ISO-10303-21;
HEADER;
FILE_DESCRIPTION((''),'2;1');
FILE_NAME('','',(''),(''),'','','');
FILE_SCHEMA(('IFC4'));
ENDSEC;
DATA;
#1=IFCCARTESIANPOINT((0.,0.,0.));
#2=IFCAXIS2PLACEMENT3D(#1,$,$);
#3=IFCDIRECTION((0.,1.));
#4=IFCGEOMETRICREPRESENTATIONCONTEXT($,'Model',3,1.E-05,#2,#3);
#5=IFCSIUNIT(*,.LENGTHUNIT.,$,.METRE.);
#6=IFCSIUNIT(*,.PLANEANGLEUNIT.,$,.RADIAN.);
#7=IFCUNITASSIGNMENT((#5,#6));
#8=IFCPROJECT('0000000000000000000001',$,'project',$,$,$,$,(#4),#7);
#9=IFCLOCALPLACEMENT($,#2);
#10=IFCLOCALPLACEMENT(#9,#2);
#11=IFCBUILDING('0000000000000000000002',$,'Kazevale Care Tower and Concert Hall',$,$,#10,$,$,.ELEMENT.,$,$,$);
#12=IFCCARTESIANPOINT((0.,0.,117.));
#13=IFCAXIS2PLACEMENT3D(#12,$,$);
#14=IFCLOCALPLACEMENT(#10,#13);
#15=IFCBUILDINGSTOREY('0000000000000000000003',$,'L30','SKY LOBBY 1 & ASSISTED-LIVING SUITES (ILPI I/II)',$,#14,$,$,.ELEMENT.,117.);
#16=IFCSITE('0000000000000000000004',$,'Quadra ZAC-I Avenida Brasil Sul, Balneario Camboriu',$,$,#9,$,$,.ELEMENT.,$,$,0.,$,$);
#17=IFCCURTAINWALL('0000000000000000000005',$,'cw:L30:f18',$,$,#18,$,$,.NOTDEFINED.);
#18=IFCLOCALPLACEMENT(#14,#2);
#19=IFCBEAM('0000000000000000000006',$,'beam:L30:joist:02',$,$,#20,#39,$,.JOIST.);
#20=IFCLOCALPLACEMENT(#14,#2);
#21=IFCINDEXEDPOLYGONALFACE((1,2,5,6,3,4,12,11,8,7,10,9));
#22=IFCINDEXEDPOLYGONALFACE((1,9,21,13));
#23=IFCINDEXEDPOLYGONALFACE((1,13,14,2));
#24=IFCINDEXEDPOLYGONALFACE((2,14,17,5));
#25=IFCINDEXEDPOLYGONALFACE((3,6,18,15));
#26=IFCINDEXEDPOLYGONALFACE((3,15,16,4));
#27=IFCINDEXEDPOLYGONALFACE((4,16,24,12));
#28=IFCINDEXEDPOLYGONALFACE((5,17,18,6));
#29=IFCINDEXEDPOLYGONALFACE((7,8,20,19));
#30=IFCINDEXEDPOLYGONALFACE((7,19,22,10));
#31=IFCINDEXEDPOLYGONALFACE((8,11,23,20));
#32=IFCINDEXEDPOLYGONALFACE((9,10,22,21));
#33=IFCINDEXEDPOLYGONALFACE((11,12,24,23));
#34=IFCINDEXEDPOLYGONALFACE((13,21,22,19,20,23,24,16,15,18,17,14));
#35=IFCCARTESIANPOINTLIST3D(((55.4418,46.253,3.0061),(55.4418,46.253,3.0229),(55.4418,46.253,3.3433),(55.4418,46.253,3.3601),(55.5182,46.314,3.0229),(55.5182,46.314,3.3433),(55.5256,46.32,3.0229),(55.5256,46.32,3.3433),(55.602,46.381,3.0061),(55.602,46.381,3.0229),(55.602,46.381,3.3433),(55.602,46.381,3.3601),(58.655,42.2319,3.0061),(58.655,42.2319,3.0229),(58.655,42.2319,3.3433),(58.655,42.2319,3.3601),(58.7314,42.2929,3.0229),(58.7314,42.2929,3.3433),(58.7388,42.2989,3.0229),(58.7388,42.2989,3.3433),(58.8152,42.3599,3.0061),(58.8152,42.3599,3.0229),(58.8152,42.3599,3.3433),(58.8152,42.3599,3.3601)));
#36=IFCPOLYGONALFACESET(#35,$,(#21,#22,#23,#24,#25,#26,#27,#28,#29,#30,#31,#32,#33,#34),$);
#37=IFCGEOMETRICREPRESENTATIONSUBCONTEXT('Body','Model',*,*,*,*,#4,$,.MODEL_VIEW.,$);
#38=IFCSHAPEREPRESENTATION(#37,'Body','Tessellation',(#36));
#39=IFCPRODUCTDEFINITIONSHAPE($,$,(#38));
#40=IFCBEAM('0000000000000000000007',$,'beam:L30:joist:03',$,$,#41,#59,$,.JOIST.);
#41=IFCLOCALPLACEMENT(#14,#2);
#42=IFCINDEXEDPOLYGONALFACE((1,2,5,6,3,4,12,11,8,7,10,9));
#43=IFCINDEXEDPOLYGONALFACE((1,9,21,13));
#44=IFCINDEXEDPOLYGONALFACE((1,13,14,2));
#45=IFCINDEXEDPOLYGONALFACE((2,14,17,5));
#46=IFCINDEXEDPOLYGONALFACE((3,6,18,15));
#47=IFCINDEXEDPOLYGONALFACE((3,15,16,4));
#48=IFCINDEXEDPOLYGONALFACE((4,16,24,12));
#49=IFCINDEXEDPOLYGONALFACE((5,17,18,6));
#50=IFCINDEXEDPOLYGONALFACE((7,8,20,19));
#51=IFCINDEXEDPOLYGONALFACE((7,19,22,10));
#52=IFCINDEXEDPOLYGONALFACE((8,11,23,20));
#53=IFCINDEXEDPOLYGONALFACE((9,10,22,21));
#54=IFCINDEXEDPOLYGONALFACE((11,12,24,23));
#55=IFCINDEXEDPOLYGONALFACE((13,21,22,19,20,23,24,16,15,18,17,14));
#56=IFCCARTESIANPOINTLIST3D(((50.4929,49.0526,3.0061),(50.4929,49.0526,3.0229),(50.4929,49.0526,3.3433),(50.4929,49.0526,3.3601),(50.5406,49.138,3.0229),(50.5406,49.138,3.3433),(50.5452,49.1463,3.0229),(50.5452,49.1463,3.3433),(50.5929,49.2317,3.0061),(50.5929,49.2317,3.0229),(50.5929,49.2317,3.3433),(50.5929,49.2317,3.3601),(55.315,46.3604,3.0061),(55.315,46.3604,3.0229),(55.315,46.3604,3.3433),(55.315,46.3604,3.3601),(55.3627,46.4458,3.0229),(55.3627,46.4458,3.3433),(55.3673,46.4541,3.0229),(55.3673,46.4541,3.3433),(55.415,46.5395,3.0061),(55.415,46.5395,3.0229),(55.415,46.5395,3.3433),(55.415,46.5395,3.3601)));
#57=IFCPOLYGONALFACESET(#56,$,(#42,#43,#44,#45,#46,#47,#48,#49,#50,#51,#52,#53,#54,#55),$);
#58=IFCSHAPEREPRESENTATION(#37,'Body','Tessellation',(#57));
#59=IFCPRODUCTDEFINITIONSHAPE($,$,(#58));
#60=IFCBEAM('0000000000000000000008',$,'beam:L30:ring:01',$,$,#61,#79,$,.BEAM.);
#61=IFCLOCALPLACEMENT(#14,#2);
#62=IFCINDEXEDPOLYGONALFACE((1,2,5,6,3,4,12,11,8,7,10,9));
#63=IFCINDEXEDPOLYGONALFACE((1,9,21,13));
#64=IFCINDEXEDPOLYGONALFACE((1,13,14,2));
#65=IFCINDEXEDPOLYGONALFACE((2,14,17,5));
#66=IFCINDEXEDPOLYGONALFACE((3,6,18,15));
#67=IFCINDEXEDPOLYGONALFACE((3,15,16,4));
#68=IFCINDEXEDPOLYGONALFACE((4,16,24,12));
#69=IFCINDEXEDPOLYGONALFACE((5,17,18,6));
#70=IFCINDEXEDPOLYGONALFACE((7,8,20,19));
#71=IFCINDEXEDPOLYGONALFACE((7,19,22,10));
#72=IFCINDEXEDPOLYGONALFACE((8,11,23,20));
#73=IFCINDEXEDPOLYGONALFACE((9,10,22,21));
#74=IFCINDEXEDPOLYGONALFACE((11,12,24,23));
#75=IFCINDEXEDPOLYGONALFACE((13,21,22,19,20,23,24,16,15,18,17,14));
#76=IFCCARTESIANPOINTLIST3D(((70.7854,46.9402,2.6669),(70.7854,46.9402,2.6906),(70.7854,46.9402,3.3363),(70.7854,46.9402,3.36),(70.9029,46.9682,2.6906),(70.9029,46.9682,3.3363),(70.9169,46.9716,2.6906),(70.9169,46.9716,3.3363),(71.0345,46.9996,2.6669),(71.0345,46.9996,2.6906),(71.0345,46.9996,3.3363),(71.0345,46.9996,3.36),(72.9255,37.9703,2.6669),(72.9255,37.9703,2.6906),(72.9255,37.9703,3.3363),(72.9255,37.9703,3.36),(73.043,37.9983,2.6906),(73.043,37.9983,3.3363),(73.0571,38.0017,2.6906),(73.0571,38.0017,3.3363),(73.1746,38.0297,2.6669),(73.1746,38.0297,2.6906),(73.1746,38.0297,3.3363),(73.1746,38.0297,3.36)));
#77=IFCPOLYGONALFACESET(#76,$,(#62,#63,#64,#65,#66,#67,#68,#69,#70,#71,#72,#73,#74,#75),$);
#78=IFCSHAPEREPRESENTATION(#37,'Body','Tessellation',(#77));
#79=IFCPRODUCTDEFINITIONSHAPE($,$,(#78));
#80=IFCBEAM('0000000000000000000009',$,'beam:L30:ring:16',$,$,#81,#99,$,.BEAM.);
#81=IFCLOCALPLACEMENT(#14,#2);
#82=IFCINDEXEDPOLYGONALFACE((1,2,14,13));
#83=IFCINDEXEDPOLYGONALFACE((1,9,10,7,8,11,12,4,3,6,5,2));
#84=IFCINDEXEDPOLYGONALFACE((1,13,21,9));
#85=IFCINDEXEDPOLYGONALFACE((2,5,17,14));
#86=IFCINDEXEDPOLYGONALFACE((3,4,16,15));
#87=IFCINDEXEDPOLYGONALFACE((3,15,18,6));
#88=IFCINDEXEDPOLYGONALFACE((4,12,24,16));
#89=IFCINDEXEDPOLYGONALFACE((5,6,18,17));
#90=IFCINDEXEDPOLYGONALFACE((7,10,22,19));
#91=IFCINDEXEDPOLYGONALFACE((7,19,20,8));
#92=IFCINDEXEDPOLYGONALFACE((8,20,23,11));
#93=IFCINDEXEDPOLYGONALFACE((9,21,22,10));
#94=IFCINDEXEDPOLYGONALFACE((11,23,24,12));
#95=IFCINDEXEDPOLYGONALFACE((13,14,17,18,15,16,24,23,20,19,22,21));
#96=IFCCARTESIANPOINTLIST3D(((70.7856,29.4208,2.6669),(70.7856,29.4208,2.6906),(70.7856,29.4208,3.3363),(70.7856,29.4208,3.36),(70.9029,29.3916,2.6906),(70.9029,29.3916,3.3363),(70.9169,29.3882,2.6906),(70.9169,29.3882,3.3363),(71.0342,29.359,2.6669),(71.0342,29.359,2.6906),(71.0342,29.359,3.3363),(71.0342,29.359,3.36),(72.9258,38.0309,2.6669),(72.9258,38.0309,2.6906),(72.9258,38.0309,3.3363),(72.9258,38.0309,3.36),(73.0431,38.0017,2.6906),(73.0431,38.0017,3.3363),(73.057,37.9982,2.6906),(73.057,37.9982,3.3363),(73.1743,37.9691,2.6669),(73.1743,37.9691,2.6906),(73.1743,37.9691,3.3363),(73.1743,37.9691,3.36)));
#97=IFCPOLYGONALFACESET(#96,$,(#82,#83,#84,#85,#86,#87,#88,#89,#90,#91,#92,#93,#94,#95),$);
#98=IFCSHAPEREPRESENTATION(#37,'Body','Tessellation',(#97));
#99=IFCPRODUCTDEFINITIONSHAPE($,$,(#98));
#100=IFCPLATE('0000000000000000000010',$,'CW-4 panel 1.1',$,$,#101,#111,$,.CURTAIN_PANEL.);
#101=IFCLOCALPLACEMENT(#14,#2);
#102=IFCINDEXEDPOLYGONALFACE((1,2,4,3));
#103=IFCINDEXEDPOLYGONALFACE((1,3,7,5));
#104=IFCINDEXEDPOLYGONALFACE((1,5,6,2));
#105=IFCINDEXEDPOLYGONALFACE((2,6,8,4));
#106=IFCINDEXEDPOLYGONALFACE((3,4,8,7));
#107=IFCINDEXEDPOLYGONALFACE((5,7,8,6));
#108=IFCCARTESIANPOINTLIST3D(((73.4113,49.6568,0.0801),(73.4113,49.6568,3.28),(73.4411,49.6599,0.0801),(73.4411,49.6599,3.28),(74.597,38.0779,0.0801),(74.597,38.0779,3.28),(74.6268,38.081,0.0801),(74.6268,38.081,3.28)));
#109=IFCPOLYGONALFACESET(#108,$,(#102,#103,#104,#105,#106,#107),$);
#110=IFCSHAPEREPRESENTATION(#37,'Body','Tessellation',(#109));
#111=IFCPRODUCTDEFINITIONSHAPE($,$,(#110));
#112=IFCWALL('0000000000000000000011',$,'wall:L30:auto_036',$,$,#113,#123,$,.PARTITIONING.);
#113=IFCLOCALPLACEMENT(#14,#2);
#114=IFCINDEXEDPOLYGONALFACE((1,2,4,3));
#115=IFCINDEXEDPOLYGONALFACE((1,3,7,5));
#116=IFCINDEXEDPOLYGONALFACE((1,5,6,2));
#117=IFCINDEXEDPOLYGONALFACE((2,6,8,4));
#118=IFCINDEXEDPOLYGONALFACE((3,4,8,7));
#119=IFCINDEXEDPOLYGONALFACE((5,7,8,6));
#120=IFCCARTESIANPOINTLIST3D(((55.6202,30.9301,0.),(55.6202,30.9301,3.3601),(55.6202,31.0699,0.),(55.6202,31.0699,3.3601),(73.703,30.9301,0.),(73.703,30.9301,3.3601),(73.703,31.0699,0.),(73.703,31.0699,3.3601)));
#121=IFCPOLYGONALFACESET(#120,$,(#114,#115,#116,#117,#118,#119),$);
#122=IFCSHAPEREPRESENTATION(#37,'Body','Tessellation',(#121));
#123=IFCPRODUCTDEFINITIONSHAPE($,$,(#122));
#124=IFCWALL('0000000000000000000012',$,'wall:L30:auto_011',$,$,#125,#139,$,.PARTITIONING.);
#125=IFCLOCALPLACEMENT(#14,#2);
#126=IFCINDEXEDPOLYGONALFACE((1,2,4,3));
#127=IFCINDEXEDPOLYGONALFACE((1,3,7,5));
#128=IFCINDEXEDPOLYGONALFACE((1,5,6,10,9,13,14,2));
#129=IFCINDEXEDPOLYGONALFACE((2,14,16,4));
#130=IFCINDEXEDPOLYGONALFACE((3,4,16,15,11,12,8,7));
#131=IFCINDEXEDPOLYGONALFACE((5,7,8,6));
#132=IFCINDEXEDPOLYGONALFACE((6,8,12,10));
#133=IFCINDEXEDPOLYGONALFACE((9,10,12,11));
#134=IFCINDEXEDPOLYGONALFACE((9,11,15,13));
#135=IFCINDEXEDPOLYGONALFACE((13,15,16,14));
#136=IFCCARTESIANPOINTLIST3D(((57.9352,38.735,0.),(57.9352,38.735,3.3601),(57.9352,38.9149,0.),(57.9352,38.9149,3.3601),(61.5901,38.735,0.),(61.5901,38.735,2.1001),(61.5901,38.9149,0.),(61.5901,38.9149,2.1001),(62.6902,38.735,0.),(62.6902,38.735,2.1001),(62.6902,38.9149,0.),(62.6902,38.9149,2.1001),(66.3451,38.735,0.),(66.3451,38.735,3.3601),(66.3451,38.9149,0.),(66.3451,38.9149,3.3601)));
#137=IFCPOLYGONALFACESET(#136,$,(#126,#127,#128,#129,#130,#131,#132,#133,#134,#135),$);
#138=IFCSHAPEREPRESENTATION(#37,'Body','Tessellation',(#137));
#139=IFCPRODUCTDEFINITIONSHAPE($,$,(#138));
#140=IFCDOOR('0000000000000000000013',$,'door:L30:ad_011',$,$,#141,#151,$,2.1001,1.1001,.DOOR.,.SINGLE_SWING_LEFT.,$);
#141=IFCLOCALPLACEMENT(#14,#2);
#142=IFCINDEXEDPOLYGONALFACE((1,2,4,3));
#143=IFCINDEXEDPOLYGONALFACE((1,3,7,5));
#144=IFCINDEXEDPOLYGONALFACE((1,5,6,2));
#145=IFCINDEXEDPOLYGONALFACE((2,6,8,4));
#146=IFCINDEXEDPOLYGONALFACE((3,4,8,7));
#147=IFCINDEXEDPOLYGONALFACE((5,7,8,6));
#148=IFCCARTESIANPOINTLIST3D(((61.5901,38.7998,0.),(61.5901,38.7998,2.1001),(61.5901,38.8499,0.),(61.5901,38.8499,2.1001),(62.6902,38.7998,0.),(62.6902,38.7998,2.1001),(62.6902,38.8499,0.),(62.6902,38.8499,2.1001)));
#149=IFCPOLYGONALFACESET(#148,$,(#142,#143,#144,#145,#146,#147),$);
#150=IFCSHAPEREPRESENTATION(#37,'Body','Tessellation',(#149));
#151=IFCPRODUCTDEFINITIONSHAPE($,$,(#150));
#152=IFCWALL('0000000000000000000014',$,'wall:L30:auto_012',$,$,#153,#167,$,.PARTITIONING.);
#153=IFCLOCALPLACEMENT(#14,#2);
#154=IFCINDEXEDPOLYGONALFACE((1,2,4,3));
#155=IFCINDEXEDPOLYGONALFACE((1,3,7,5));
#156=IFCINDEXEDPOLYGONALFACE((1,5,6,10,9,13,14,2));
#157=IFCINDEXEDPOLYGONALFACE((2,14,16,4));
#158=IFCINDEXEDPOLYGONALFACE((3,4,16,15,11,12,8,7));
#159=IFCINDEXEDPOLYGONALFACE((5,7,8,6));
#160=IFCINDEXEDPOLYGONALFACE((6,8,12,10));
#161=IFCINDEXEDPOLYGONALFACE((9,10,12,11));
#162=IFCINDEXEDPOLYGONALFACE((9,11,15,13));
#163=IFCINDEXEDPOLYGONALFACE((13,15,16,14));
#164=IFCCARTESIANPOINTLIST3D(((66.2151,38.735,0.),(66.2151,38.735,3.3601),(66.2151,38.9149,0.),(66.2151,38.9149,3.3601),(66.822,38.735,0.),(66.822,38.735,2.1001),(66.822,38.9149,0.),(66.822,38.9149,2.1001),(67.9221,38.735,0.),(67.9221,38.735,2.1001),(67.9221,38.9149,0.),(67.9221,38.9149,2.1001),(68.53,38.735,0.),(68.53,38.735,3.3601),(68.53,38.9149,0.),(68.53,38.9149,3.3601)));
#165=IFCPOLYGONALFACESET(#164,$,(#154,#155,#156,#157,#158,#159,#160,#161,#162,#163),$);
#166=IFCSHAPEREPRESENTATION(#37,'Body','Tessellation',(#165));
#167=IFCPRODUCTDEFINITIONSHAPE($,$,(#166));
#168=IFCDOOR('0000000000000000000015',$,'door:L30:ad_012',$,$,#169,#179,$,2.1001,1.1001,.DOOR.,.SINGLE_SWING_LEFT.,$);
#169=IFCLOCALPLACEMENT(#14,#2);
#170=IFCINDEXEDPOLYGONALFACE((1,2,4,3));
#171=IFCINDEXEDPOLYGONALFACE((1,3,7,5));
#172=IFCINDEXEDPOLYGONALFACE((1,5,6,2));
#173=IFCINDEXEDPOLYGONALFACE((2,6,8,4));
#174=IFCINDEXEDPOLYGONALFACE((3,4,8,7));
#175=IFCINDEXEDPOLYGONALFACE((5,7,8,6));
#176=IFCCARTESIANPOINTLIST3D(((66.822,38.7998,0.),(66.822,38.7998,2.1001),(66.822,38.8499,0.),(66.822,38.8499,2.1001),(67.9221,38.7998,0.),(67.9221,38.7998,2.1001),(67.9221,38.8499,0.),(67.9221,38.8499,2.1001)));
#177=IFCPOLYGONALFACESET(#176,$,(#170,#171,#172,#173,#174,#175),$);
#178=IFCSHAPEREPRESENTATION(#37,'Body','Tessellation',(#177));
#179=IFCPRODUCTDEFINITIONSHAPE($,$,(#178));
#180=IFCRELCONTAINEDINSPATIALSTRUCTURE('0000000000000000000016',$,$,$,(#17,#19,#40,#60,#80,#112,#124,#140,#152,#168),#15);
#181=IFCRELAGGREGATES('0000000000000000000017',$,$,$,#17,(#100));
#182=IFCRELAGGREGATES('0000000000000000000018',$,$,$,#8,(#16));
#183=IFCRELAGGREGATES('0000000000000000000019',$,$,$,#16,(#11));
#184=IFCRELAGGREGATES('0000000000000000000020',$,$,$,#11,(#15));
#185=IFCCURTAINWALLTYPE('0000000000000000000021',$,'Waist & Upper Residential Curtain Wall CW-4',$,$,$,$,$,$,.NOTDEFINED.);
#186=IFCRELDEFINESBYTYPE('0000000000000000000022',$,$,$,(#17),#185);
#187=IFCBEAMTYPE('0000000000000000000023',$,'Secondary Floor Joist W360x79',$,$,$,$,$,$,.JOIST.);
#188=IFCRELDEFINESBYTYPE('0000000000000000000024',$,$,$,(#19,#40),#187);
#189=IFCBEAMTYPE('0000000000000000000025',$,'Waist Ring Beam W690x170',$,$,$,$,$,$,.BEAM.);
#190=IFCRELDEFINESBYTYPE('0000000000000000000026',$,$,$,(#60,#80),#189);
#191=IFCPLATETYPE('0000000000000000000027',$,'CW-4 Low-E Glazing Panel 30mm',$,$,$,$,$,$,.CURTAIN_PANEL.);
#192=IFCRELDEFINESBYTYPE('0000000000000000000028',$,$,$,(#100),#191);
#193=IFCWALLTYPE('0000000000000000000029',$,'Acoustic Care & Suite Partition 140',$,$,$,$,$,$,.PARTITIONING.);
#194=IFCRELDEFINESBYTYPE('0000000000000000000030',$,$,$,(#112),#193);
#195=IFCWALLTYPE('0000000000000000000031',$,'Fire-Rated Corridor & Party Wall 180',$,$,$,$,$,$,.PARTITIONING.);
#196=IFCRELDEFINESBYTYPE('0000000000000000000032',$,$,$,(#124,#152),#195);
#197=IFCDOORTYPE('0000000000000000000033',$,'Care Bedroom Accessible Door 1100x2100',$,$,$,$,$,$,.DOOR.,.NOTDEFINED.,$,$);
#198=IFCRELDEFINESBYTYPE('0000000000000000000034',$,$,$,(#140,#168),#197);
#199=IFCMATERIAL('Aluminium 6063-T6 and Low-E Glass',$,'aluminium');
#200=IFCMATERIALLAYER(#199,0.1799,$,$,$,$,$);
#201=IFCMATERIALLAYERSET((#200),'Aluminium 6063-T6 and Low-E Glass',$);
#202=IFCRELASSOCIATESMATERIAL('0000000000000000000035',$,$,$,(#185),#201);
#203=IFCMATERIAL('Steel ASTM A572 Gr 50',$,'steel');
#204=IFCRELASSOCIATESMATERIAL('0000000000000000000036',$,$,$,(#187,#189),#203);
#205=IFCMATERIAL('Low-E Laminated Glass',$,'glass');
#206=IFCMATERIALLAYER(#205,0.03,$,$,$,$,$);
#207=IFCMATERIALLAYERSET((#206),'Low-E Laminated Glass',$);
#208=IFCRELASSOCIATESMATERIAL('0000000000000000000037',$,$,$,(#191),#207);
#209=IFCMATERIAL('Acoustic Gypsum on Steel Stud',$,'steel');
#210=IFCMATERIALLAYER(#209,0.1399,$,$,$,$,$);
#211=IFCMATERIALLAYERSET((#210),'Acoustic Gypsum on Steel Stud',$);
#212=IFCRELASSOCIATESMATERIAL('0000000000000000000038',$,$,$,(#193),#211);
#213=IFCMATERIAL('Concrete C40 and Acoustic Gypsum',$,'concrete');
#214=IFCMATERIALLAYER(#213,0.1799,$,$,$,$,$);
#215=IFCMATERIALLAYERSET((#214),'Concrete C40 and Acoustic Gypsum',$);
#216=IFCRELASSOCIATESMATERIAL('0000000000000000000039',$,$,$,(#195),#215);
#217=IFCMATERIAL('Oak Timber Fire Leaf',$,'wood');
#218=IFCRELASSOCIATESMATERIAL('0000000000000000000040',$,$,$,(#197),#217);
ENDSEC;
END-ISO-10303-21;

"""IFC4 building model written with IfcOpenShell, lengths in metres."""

from ifc_helpers import new_model, si_unit, direction, frame, frame_2d, origin, origin_2d, place, context, subcontext, project, spatial, rectangle, i_section, extrude, material, layer, layer_set, material_profile, profile_set, type_object, element, fill, aggregate, save


model = new_model("IFC4")

# Units and contexts
model_context = context("Model", 3, precision=1e-05, world=origin(), true_north=direction((0.0, 1.0)))
body_context = subcontext(model_context, "Body", "Model", "MODEL_VIEW")
ifc_project = project(units=[si_unit("LENGTHUNIT", "METRE"), si_unit("PLANEANGLEUNIT", "RADIAN")], contexts=[model_context])

# Site, building, storey
site_placement = place(None, origin())
site = spatial("IfcSite", under=ifc_project, at=site_placement, Name="Quadra ZAC-I Avenida Brasil Sul, Balneario Camboriu", CompositionType="ELEMENT", RefElevation=0.0)
building_placement = place(site_placement, origin())
building = spatial("IfcBuilding", under=site, at=building_placement, Name="Kazevale Care Tower and Concert Hall", CompositionType="ELEMENT")
storey_placement = place(building_placement, frame((0.0, 0.0, 117.0)))
storey = spatial("IfcBuildingStorey", under=building, at=storey_placement, Name="L30", Description="SKY LOBBY 1 & ASSISTED-LIVING SUITES (ILPI I/II)", CompositionType="ELEMENT", Elevation=117.0)

# Curtain wall
ifc_material_1 = material(Name="Aluminium 6063-T6 and Low-E Glass", Category="aluminium")
ifc_layer_1 = layer(ifc_material_1, 0.1799)
ifc_layer_set_1 = layer_set([ifc_layer_1], Name="Aluminium 6063-T6 and Low-E Glass")
curtain_wall_type = type_object("IfcCurtainWallType", Name="Waist & Upper Residential Curtain Wall CW-4", PredefinedType="NOTDEFINED", material=ifc_layer_set_1)
curtain_wall_placement = place(storey_placement, origin())
curtain_wall = element("IfcCurtainWall", 1, at=curtain_wall_placement, inside=storey, type_object=curtain_wall_type, Name="cw:L30:f18", PredefinedType="NOTDEFINED")

# Beams
ifc_material_2 = material(Name="Steel ASTM A572 Gr 50", Category="steel")
ifc_material_profile_1 = material_profile(ifc_material_2, i_section(OverallWidth=0.2051, OverallDepth=0.354, WebThickness=0.0095, FlangeThickness=0.0168, at=origin_2d()), Name="W360x79")
ifc_profile_set_1 = profile_set([ifc_material_profile_1], Name="Steel ASTM A572 Gr 50")
beam_type_1 = type_object("IfcBeamType", Name="Secondary Floor Joist W360x79", PredefinedType="JOIST", material=ifc_profile_set_1)
beam_1_placement = place(storey_placement, frame((58.7351, 42.2959, 3.1831), z_axis=(-0.624261, 0.781216, 0.0), x_axis=(-0.781216, -0.624261, 0.0)))
element("IfcBeam", 2, at=beam_1_placement, inside=storey, type_object=beam_type_1, Name="beam:L30:joist:02", PredefinedType="JOIST", context=body_context, shape_type="SweptSolid", body=[
    extrude(i_section(OverallWidth=0.2051, OverallDepth=0.354, WebThickness=0.0095, FlangeThickness=0.0168, at=origin_2d()), origin(), (0.0, 0.0, 1.0), 5.1472),
])
beam_2_placement = place(storey_placement, frame((55.365, 46.45, 3.1831), z_axis=(-0.873138, 0.487474, 0.0), x_axis=(-0.487474, -0.873138, 0.0)))
element("IfcBeam", 3, at=beam_2_placement, inside=storey, type_object=beam_type_1, Name="beam:L30:joist:03", PredefinedType="JOIST", context=body_context, shape_type="SweptSolid", body=[
    extrude(i_section(OverallWidth=0.2051, OverallDepth=0.354, WebThickness=0.0095, FlangeThickness=0.0168, at=origin_2d()), origin(), (0.0, 0.0, 1.0), 5.5227),
])
ifc_material_profile_2 = material_profile(ifc_material_2, i_section(OverallWidth=0.2561, OverallDepth=0.6931, WebThickness=0.0144, FlangeThickness=0.0237, at=origin_2d()), Name="W690x170")
ifc_profile_set_2 = profile_set([ifc_material_profile_2], Name="Steel ASTM A572 Gr 50")
beam_type_2 = type_object("IfcBeamType", Name="Waist Ring Beam W690x170", PredefinedType="BEAM", material=ifc_profile_set_2)
beam_3_placement = place(storey_placement, frame((73.05, 38.0, 3.0134), z_axis=(-0.232075, 0.972698, 0.0), x_axis=(-0.972698, -0.232075, 0.0)))
element("IfcBeam", 4, at=beam_3_placement, inside=storey, type_object=beam_type_2, Name="beam:L30:ring:01", PredefinedType="BEAM", context=body_context, shape_type="SweptSolid", body=[
    extrude(i_section(OverallWidth=0.2561, OverallDepth=0.6931, WebThickness=0.0144, FlangeThickness=0.0237, at=origin_2d()), origin(), (0.0, 0.0, 1.0), 9.2217),
])
beam_4_placement = place(storey_placement, frame((70.9099, 29.3899, 3.0134), z_axis=(0.241221, 0.97047, 0.0), x_axis=(-0.97047, 0.241221, 0.0)))
element("IfcBeam", 5, at=beam_4_placement, inside=storey, type_object=beam_type_2, Name="beam:L30:ring:16", PredefinedType="BEAM", context=body_context, shape_type="SweptSolid", body=[
    extrude(i_section(OverallWidth=0.2561, OverallDepth=0.6931, WebThickness=0.0144, FlangeThickness=0.0237, at=origin_2d()), origin(), (0.0, 0.0, 1.0), 8.8721),
])

# Plate
ifc_material_3 = material(Name="Low-E Laminated Glass", Category="glass")
ifc_layer_2 = layer(ifc_material_3, 0.03)
ifc_layer_set_2 = layer_set([ifc_layer_2], Name="Low-E Laminated Glass")
plate_type = type_object("IfcPlateType", Name="CW-4 Low-E Glazing Panel 30mm", PredefinedType="CURTAIN_PANEL", material=ifc_layer_set_2)
plate_placement = place(storey_placement, frame((74.019, 43.8689, 0.0801), z_axis=(0.0, 0.0, 1.0), x_axis=(0.10187, -0.994798, 0.0)))
plate = element("IfcPlate", 6, at=plate_placement, type_object=plate_type, Name="CW-4 panel 1.1", PredefinedType="CURTAIN_PANEL", context=body_context, shape_type="SweptSolid", body=[
    extrude(rectangle(XDim=11.6394, YDim=0.03, at=origin_2d()), origin(), (0.0, 0.0, 1.0), 3.2),
])
aggregate(curtain_wall, [plate])

# Wall
ifc_material_4 = material(Name="Acoustic Gypsum on Steel Stud", Category="steel")
ifc_layer_3 = layer(ifc_material_4, 0.1399)
ifc_layer_set_3 = layer_set([ifc_layer_3], Name="Acoustic Gypsum on Steel Stud")
wall_type_1 = type_object("IfcWallType", Name="Acoustic Care & Suite Partition 140", PredefinedType="PARTITIONING", material=ifc_layer_set_3)
wall_1_placement = place(storey_placement, frame((55.6201, 31.0, 0.0), z_axis=(0.0, 0.0, 1.0), x_axis=(1.0, 0.0, 0.0)))
element("IfcWall", 7, at=wall_1_placement, inside=storey, type_object=wall_type_1, Name="wall:L30:auto_036", PredefinedType="PARTITIONING", context=body_context, shape_type="SweptSolid", body=[
    extrude(rectangle(XDim=18.0828, YDim=0.1399, at=frame_2d((9.0415, 0.0))), origin(), (0.0, 0.0, 1.0), 3.3601),
])

# Walls, openings, doors
ifc_material_5 = material(Name="Concrete C40 and Acoustic Gypsum", Category="concrete")
ifc_layer_4 = layer(ifc_material_5, 0.1799)
ifc_layer_set_4 = layer_set([ifc_layer_4], Name="Concrete C40 and Acoustic Gypsum")
wall_type_2 = type_object("IfcWallType", Name="Fire-Rated Corridor & Party Wall 180", PredefinedType="PARTITIONING", material=ifc_layer_set_4)
wall_2_placement = place(storey_placement, frame((57.9351, 38.825, 0.0), z_axis=(0.0, 0.0, 1.0), x_axis=(1.0, 0.0, 0.0)))
wall_2 = element("IfcWall", 8, at=wall_2_placement, inside=storey, type_object=wall_type_2, Name="wall:L30:auto_011", PredefinedType="PARTITIONING", context=body_context, shape_type="SweptSolid", body=[
    extrude(rectangle(XDim=8.4099, YDim=0.1799, at=frame_2d((4.2051, 0.0))), origin(), (0.0, 0.0, 1.0), 3.3601),
])
opening_1_placement = place(wall_2_placement, frame((3.655, 0.0, 0.0)))
opening_1 = element("IfcOpeningElement", 9, at=opening_1_placement, cuts=wall_2, PredefinedType="OPENING", context=body_context, shape_type="SweptSolid", body=[
    extrude(rectangle(XDim=1.1001, YDim=2.1001, at=frame_2d((0.55, 1.05))), frame((0.0, 0.0999, 0.0), z_axis=(0.0, -1.0, 0.0), x_axis=(1.0, 0.0, 0.0)), (0.0, 0.0, 1.0), 0.2),
])
ifc_material_6 = material(Name="Oak Timber Fire Leaf", Category="wood")
door_type = type_object("IfcDoorType", Name="Care Bedroom Accessible Door 1100x2100", OperationType="NOTDEFINED", PredefinedType="DOOR", material=ifc_material_6)
door_1_placement = place(opening_1_placement, origin())
door_1 = element("IfcDoor", 10, at=door_1_placement, inside=storey, type_object=door_type, Name="door:L30:ad_011", OperationType="SINGLE_SWING_LEFT", OverallHeight=2.1001, OverallWidth=1.1001, PredefinedType="DOOR", context=body_context, shape_type="SweptSolid", body=[
    extrude(rectangle(XDim=1.1001, YDim=2.1001, at=frame_2d((0.55, 1.05))), frame((0.0, 0.0249, 0.0), z_axis=(0.0, -1.0, 0.0), x_axis=(1.0, 0.0, 0.0)), (0.0, 0.0, 1.0), 0.05),
])
fill(opening_1, door_1)
wall_3_placement = place(storey_placement, frame((66.2151, 38.825, 0.0), z_axis=(0.0, 0.0, 1.0), x_axis=(1.0, 0.0, 0.0)))
wall_3 = element("IfcWall", 11, at=wall_3_placement, inside=storey, type_object=wall_type_2, Name="wall:L30:auto_012", PredefinedType="PARTITIONING", context=body_context, shape_type="SweptSolid", body=[
    extrude(rectangle(XDim=2.3149, YDim=0.1799, at=frame_2d((1.1575, 0.0))), origin(), (0.0, 0.0, 1.0), 3.3601),
])
opening_2_placement = place(wall_3_placement, frame((0.6069, 0.0, 0.0)))
opening_2 = element("IfcOpeningElement", 12, at=opening_2_placement, cuts=wall_3, PredefinedType="OPENING", context=body_context, shape_type="SweptSolid", body=[
    extrude(rectangle(XDim=1.1001, YDim=2.1001, at=frame_2d((0.55, 1.05))), frame((0.0, 0.0999, 0.0), z_axis=(0.0, -1.0, 0.0), x_axis=(1.0, 0.0, 0.0)), (0.0, 0.0, 1.0), 0.2),
])
door_2_placement = place(opening_2_placement, origin())
door_2 = element("IfcDoor", 13, at=door_2_placement, inside=storey, type_object=door_type, Name="door:L30:ad_012", OperationType="SINGLE_SWING_LEFT", OverallHeight=2.1001, OverallWidth=1.1001, PredefinedType="DOOR", context=body_context, shape_type="SweptSolid", body=[
    extrude(rectangle(XDim=1.1001, YDim=2.1001, at=frame_2d((0.55, 1.05))), frame((0.0, 0.0249, 0.0), z_axis=(0.0, -1.0, 0.0), x_axis=(1.0, 0.0, 0.0)), (0.0, 0.0, 1.0), 0.05),
])
fill(opening_2, door_2)

save(model, "model.ifc")
